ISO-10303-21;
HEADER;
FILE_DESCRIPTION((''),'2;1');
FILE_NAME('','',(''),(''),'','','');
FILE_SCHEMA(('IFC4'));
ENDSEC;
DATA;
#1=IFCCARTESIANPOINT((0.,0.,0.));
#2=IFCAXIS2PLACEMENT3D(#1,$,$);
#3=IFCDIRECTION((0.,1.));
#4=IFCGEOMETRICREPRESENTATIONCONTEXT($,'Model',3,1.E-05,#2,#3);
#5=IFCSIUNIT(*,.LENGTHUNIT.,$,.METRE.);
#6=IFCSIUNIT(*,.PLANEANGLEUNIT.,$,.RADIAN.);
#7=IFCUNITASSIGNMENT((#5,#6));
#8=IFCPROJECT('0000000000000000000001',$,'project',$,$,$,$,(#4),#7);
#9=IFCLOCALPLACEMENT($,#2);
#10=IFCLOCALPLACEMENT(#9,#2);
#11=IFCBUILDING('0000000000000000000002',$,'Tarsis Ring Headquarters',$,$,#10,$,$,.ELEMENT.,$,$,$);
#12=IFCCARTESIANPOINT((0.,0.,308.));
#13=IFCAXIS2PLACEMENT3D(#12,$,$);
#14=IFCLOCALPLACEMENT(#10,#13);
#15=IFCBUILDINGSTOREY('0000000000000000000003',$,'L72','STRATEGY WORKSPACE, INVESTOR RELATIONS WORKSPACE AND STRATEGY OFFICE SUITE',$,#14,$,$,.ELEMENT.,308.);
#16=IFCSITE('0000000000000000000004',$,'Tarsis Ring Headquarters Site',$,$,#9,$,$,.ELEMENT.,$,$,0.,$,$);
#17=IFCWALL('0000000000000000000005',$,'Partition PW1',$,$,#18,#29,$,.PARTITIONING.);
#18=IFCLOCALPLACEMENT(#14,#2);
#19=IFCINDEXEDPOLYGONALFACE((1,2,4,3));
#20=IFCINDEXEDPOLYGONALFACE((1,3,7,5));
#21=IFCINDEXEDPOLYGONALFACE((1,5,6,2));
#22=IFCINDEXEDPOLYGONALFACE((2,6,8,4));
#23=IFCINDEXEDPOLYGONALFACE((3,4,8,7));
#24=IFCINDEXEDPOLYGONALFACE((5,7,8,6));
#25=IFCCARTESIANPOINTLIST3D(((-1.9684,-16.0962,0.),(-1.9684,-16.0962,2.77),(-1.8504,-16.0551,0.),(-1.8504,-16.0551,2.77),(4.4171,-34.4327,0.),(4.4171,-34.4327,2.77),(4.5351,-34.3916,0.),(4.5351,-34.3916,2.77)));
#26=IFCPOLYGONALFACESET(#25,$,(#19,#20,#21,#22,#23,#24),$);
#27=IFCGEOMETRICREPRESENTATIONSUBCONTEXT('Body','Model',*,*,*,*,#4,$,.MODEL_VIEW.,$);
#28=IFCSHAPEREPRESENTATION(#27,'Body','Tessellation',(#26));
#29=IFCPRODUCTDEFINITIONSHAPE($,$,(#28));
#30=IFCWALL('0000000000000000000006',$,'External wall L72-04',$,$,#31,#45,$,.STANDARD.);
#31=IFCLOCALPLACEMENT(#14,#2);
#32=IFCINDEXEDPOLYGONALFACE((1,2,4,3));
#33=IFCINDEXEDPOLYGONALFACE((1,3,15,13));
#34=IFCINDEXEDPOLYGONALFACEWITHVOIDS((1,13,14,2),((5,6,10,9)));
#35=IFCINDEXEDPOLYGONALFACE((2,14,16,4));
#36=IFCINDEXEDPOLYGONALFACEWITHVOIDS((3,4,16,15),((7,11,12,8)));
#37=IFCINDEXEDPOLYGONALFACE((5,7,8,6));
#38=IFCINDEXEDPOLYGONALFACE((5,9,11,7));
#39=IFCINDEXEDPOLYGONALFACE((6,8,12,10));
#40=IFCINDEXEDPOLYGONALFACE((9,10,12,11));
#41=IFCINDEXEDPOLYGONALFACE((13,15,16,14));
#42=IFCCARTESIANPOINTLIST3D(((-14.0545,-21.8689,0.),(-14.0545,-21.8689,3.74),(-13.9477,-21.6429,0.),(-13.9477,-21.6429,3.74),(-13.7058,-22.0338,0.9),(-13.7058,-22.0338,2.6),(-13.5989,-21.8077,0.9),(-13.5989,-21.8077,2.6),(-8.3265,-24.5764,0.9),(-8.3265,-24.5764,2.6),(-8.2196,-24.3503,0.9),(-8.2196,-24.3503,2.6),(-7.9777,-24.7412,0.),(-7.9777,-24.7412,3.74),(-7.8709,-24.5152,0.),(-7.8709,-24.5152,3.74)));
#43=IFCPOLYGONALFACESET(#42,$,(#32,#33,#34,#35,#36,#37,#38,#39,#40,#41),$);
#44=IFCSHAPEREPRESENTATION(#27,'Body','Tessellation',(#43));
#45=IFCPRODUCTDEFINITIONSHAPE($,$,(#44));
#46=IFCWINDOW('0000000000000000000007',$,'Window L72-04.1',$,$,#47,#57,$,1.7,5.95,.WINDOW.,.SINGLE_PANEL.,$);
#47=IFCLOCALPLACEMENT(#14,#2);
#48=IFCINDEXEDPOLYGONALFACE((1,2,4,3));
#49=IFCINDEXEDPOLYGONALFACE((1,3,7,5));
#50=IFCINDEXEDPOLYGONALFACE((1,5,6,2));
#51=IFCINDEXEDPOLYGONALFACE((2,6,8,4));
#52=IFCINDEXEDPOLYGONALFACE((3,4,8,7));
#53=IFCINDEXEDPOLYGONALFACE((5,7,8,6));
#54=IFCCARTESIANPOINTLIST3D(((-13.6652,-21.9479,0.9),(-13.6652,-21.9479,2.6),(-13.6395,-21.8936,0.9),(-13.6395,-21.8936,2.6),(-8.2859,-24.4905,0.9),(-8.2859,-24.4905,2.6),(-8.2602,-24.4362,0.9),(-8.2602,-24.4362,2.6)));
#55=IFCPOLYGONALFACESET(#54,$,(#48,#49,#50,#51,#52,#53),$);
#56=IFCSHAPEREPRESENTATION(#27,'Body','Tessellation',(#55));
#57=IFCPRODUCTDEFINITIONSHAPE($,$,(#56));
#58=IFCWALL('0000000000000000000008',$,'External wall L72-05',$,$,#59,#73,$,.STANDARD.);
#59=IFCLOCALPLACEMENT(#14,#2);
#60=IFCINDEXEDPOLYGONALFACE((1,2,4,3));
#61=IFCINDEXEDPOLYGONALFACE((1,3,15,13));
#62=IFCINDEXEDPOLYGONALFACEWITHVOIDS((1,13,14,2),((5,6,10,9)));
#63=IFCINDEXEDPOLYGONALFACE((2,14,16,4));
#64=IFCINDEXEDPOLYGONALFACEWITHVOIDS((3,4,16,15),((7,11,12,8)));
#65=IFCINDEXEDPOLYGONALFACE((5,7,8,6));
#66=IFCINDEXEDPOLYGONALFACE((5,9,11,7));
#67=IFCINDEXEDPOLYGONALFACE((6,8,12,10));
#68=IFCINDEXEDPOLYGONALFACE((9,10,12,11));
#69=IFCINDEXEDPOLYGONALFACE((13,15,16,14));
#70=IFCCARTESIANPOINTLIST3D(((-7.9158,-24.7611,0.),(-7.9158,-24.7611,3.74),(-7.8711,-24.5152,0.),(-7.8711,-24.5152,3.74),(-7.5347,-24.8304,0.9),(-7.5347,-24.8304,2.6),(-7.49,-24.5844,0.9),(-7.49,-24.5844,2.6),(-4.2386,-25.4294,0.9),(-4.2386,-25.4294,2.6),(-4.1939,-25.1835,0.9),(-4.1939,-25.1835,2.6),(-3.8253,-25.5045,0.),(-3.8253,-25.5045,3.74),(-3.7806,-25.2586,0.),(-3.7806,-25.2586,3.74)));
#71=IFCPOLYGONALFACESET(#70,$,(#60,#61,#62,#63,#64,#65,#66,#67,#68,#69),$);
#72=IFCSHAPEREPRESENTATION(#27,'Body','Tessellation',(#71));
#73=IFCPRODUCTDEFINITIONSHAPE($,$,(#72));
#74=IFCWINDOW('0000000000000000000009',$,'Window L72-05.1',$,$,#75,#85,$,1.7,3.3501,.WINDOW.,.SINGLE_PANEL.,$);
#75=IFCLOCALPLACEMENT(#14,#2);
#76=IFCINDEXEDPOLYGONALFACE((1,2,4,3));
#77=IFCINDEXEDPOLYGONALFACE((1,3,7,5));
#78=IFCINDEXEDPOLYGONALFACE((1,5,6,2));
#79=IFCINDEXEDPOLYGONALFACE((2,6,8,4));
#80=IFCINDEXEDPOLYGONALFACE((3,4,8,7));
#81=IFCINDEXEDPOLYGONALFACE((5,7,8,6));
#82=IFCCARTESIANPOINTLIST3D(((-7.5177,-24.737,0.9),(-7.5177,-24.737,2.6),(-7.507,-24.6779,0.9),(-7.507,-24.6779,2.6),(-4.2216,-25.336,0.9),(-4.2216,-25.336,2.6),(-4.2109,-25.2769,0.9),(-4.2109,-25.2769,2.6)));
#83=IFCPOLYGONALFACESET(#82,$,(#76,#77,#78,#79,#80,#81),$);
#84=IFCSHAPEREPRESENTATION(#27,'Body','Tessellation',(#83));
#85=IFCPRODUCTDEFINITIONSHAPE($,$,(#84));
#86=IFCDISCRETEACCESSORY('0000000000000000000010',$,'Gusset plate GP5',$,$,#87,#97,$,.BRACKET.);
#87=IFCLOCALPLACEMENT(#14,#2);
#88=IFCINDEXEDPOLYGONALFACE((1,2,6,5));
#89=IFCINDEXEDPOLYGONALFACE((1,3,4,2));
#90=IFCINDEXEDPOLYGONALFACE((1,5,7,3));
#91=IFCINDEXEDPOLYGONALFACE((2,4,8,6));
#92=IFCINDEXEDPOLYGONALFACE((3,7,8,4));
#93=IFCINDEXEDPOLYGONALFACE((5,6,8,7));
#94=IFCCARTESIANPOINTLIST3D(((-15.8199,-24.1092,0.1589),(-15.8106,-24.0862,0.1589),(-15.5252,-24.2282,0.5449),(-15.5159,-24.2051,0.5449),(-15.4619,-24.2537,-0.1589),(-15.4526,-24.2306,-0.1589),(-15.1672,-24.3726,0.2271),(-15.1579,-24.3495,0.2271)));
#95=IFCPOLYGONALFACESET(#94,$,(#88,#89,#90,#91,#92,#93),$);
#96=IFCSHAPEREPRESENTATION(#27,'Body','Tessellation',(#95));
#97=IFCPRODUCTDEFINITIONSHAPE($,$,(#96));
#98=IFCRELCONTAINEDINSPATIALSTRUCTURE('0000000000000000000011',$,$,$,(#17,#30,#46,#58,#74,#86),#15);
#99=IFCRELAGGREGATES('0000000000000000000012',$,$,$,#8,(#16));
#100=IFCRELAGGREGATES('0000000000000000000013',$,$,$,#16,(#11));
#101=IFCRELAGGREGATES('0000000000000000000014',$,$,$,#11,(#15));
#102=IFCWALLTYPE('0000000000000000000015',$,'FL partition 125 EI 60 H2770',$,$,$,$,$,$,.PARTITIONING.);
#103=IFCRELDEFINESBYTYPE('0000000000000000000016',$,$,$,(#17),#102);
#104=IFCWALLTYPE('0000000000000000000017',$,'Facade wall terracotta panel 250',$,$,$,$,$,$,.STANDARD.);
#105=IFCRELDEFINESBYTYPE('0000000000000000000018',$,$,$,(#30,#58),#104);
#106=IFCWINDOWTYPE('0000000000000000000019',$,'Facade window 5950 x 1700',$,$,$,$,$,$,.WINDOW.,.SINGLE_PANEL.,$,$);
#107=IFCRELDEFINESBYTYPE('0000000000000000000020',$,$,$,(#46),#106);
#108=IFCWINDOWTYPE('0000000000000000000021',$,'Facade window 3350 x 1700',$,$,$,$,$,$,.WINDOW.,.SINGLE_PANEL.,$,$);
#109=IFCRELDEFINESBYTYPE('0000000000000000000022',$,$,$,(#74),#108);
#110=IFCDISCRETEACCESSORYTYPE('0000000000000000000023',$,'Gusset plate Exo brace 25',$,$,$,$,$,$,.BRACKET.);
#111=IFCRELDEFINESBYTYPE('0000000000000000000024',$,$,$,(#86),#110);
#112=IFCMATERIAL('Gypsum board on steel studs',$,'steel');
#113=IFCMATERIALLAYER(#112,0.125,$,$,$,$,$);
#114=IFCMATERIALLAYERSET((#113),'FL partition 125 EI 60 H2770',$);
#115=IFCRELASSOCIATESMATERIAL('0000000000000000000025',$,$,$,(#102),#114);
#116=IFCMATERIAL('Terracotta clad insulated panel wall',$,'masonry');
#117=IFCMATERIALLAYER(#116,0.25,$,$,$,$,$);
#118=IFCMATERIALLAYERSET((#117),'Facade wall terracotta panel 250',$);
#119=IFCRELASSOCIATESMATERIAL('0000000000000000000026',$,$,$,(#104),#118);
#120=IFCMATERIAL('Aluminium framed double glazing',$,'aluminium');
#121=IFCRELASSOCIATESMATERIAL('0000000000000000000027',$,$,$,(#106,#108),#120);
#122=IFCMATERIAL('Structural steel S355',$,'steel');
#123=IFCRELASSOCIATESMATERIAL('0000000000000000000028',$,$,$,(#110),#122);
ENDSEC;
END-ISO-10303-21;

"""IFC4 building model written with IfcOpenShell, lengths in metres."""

from ifc_helpers import new_model, si_unit, direction, frame, frame_2d, origin, origin_2d, place, context, subcontext, project, spatial, rectangle, extrude, material, layer, layer_set, material_profile, profile_set, type_object, element, fill, save


model = new_model("IFC4")

# Units and contexts
model_context = context("Model", 3, precision=1e-05, world=origin(), true_north=direction((0.0, 1.0)))
body_context = subcontext(model_context, "Body", "Model", "MODEL_VIEW")
ifc_project = project(units=[si_unit("LENGTHUNIT", "METRE"), si_unit("PLANEANGLEUNIT", "RADIAN")], contexts=[model_context])

# Site, building, storey
site_placement = place(None, origin())
site = spatial("IfcSite", under=ifc_project, at=site_placement, Name="Tarsis Ring Headquarters Site", CompositionType="ELEMENT", RefElevation=0.0)
building_placement = place(site_placement, origin())
building = spatial("IfcBuilding", under=site, at=building_placement, Name="Tarsis Ring Headquarters", CompositionType="ELEMENT")
storey_placement = place(building_placement, frame((0.0, 0.0, 308.0)))
storey = spatial("IfcBuildingStorey", under=building, at=storey_placement, Name="L72", Description="STRATEGY WORKSPACE, INVESTOR RELATIONS WORKSPACE AND STRATEGY OFFICE SUITE", CompositionType="ELEMENT", Elevation=308.0)

# Shared definitions
ifc_material_1 = material(Name="Structural steel S355", Category="steel")

# Shared definitions
ifc_material_2 = material(Name="Gypsum board on steel studs", Category="steel")
ifc_layer_1 = layer(ifc_material_2, 0.125)
ifc_layer_set_1 = layer_set([ifc_layer_1], Name="FL partition 125 EI 60 H2770")
wall_type_1 = type_object("IfcWallType", Name="FL partition 125 EI 60 H2770", PredefinedType="PARTITIONING", material=ifc_layer_set_1)

# Wall
wall_1_placement = place(storey_placement, frame((-1.9094, -16.0757, 0.0), z_axis=(0.0, 0.0, 1.0), x_axis=(0.32887, -0.944375, 0.0)))
element("IfcWall", 1, at=wall_1_placement, inside=storey, type_object=wall_type_1, Name="Partition PW1", PredefinedType="PARTITIONING", context=body_context, shape_type="SweptSolid", body=[
    extrude(rectangle(XDim=19.4165, YDim=0.125, at=frame_2d((9.7083, 0.0))), origin(), (0.0, 0.0, 1.0), 2.77),
])

# Walls, openings, windows
ifc_material_3 = material(Name="Terracotta clad insulated panel wall", Category="masonry")
ifc_layer_2 = layer(ifc_material_3, 0.25)
ifc_layer_set_2 = layer_set([ifc_layer_2], Name="Facade wall terracotta panel 250")
wall_type_2 = type_object("IfcWallType", Name="Facade wall terracotta panel 250", PredefinedType="STANDARD", material=ifc_layer_set_2)
wall_2_placement = place(storey_placement, frame((-14.0012, -21.7559, 0.0), z_axis=(0.0, 0.0, 1.0), x_axis=(0.904095, -0.42733, 0.0)))
wall_2 = element("IfcWall", 2, at=wall_2_placement, inside=storey, type_object=wall_type_2, Name="External wall L72-04", PredefinedType="STANDARD", context=body_context, shape_type="SweptSolid", body=[
    extrude(rectangle(XDim=6.7214, YDim=0.25, at=frame_2d((3.3608, 0.0))), origin(), (0.0, 0.0, 1.0), 3.74),
])
opening_1_placement = place(wall_2_placement, frame((0.3857, 0.0, 0.8999)))
opening_1 = element("IfcOpeningElement", 3, at=opening_1_placement, cuts=wall_2, PredefinedType="OPENING", context=body_context, shape_type="SweptSolid", body=[
    extrude(rectangle(XDim=5.95, YDim=1.7, at=frame_2d((2.9751, 0.8501))), frame((0.0, 0.135, 0.0), z_axis=(0.0, -1.0, 0.0), x_axis=(1.0, 0.0, 0.0)), (0.0, 0.0, 1.0), 0.27),
])
ifc_material_4 = material(Name="Aluminium framed double glazing", Category="aluminium")
window_type_1 = type_object("IfcWindowType", Name="Facade window 5950 x 1700", PartitioningType="SINGLE_PANEL", PredefinedType="WINDOW", material=ifc_material_4)
window_1_placement = place(opening_1_placement, origin())
window_1 = element("IfcWindow", 4, at=window_1_placement, inside=storey, type_object=window_type_1, Name="Window L72-04.1", OverallHeight=1.7, OverallWidth=5.95, PartitioningType="SINGLE_PANEL", PredefinedType="WINDOW", context=body_context, shape_type="SweptSolid", body=[
    extrude(rectangle(XDim=5.95, YDim=1.7, at=frame_2d((2.9751, 0.8501))), frame((0.0, 0.03, 0.0), z_axis=(0.0, -1.0, 0.0), x_axis=(1.0, 0.0, 0.0)), (0.0, 0.0, 1.0), 0.0601),
])
fill(opening_1, window_1)
wall_3_placement = place(storey_placement, frame((-7.8933, -24.6382, 0.0), z_axis=(0.0, 0.0, 1.0), x_axis=(0.983884, -0.178808, 0.0)))
wall_3 = element("IfcWall", 5, at=wall_3_placement, inside=storey, type_object=wall_type_2, Name="External wall L72-05", PredefinedType="STANDARD", context=body_context, shape_type="SweptSolid", body=[
    extrude(rectangle(XDim=4.1575, YDim=0.25, at=frame_2d((2.0786, 0.0))), origin(), (0.0, 0.0, 1.0), 3.74),
])
opening_2_placement = place(wall_3_placement, frame((0.3872, 0.0, 0.8999)))
opening_2 = element("IfcOpeningElement", 6, at=opening_2_placement, cuts=wall_3, PredefinedType="OPENING", context=body_context, shape_type="SweptSolid", body=[
    extrude(rectangle(XDim=3.3501, YDim=1.7, at=frame_2d((1.675, 0.8501))), frame((0.0, 0.135, 0.0), z_axis=(0.0, -1.0, 0.0), x_axis=(1.0, 0.0, 0.0)), (0.0, 0.0, 1.0), 0.27),
])
window_type_2 = type_object("IfcWindowType", Name="Facade window 3350 x 1700", PartitioningType="SINGLE_PANEL", PredefinedType="WINDOW", material=ifc_material_4)
window_2_placement = place(opening_2_placement, origin())
window_2 = element("IfcWindow", 7, at=window_2_placement, inside=storey, type_object=window_type_2, Name="Window L72-05.1", OverallHeight=1.7, OverallWidth=3.3501, PartitioningType="SINGLE_PANEL", PredefinedType="WINDOW", context=body_context, shape_type="SweptSolid", body=[
    extrude(rectangle(XDim=3.3501, YDim=1.7, at=frame_2d((1.675, 0.8501))), frame((0.0, 0.03, 0.0), z_axis=(0.0, -1.0, 0.0), x_axis=(1.0, 0.0, 0.0)), (0.0, 0.0, 1.0), 0.0601),
])
fill(opening_2, window_2)

# Discrete accessory
ifc_material_profile_1 = material_profile(ifc_material_1, rectangle(XDim=0.0249, YDim=0.5, at=origin_2d()), Name="PL 25x500")
ifc_profile_set_1 = profile_set([ifc_material_profile_1], Name="Structural steel S355")
discrete_accessory_type = type_object("IfcDiscreteAccessoryType", Name="Gusset plate Exo brace 25", PredefinedType="BRACKET", material=ifc_profile_set_1)
discrete_accessory_placement = place(storey_placement, frame((-15.6362, -24.1699, 0.0), z_axis=(0.589406, -0.237814, 0.772039), x_axis=(0.374171, 0.92736, 0.0)))
element("IfcDiscreteAccessory", 8, at=discrete_accessory_placement, inside=storey, type_object=discrete_accessory_type, Name="Gusset plate GP5", PredefinedType="BRACKET", context=body_context, shape_type="SweptSolid", body=[
    extrude(rectangle(XDim=0.0249, YDim=0.5, at=origin_2d()), origin(), (0.0, 0.0, 1.0), 0.5),
])

save(model, "model.ifc")
